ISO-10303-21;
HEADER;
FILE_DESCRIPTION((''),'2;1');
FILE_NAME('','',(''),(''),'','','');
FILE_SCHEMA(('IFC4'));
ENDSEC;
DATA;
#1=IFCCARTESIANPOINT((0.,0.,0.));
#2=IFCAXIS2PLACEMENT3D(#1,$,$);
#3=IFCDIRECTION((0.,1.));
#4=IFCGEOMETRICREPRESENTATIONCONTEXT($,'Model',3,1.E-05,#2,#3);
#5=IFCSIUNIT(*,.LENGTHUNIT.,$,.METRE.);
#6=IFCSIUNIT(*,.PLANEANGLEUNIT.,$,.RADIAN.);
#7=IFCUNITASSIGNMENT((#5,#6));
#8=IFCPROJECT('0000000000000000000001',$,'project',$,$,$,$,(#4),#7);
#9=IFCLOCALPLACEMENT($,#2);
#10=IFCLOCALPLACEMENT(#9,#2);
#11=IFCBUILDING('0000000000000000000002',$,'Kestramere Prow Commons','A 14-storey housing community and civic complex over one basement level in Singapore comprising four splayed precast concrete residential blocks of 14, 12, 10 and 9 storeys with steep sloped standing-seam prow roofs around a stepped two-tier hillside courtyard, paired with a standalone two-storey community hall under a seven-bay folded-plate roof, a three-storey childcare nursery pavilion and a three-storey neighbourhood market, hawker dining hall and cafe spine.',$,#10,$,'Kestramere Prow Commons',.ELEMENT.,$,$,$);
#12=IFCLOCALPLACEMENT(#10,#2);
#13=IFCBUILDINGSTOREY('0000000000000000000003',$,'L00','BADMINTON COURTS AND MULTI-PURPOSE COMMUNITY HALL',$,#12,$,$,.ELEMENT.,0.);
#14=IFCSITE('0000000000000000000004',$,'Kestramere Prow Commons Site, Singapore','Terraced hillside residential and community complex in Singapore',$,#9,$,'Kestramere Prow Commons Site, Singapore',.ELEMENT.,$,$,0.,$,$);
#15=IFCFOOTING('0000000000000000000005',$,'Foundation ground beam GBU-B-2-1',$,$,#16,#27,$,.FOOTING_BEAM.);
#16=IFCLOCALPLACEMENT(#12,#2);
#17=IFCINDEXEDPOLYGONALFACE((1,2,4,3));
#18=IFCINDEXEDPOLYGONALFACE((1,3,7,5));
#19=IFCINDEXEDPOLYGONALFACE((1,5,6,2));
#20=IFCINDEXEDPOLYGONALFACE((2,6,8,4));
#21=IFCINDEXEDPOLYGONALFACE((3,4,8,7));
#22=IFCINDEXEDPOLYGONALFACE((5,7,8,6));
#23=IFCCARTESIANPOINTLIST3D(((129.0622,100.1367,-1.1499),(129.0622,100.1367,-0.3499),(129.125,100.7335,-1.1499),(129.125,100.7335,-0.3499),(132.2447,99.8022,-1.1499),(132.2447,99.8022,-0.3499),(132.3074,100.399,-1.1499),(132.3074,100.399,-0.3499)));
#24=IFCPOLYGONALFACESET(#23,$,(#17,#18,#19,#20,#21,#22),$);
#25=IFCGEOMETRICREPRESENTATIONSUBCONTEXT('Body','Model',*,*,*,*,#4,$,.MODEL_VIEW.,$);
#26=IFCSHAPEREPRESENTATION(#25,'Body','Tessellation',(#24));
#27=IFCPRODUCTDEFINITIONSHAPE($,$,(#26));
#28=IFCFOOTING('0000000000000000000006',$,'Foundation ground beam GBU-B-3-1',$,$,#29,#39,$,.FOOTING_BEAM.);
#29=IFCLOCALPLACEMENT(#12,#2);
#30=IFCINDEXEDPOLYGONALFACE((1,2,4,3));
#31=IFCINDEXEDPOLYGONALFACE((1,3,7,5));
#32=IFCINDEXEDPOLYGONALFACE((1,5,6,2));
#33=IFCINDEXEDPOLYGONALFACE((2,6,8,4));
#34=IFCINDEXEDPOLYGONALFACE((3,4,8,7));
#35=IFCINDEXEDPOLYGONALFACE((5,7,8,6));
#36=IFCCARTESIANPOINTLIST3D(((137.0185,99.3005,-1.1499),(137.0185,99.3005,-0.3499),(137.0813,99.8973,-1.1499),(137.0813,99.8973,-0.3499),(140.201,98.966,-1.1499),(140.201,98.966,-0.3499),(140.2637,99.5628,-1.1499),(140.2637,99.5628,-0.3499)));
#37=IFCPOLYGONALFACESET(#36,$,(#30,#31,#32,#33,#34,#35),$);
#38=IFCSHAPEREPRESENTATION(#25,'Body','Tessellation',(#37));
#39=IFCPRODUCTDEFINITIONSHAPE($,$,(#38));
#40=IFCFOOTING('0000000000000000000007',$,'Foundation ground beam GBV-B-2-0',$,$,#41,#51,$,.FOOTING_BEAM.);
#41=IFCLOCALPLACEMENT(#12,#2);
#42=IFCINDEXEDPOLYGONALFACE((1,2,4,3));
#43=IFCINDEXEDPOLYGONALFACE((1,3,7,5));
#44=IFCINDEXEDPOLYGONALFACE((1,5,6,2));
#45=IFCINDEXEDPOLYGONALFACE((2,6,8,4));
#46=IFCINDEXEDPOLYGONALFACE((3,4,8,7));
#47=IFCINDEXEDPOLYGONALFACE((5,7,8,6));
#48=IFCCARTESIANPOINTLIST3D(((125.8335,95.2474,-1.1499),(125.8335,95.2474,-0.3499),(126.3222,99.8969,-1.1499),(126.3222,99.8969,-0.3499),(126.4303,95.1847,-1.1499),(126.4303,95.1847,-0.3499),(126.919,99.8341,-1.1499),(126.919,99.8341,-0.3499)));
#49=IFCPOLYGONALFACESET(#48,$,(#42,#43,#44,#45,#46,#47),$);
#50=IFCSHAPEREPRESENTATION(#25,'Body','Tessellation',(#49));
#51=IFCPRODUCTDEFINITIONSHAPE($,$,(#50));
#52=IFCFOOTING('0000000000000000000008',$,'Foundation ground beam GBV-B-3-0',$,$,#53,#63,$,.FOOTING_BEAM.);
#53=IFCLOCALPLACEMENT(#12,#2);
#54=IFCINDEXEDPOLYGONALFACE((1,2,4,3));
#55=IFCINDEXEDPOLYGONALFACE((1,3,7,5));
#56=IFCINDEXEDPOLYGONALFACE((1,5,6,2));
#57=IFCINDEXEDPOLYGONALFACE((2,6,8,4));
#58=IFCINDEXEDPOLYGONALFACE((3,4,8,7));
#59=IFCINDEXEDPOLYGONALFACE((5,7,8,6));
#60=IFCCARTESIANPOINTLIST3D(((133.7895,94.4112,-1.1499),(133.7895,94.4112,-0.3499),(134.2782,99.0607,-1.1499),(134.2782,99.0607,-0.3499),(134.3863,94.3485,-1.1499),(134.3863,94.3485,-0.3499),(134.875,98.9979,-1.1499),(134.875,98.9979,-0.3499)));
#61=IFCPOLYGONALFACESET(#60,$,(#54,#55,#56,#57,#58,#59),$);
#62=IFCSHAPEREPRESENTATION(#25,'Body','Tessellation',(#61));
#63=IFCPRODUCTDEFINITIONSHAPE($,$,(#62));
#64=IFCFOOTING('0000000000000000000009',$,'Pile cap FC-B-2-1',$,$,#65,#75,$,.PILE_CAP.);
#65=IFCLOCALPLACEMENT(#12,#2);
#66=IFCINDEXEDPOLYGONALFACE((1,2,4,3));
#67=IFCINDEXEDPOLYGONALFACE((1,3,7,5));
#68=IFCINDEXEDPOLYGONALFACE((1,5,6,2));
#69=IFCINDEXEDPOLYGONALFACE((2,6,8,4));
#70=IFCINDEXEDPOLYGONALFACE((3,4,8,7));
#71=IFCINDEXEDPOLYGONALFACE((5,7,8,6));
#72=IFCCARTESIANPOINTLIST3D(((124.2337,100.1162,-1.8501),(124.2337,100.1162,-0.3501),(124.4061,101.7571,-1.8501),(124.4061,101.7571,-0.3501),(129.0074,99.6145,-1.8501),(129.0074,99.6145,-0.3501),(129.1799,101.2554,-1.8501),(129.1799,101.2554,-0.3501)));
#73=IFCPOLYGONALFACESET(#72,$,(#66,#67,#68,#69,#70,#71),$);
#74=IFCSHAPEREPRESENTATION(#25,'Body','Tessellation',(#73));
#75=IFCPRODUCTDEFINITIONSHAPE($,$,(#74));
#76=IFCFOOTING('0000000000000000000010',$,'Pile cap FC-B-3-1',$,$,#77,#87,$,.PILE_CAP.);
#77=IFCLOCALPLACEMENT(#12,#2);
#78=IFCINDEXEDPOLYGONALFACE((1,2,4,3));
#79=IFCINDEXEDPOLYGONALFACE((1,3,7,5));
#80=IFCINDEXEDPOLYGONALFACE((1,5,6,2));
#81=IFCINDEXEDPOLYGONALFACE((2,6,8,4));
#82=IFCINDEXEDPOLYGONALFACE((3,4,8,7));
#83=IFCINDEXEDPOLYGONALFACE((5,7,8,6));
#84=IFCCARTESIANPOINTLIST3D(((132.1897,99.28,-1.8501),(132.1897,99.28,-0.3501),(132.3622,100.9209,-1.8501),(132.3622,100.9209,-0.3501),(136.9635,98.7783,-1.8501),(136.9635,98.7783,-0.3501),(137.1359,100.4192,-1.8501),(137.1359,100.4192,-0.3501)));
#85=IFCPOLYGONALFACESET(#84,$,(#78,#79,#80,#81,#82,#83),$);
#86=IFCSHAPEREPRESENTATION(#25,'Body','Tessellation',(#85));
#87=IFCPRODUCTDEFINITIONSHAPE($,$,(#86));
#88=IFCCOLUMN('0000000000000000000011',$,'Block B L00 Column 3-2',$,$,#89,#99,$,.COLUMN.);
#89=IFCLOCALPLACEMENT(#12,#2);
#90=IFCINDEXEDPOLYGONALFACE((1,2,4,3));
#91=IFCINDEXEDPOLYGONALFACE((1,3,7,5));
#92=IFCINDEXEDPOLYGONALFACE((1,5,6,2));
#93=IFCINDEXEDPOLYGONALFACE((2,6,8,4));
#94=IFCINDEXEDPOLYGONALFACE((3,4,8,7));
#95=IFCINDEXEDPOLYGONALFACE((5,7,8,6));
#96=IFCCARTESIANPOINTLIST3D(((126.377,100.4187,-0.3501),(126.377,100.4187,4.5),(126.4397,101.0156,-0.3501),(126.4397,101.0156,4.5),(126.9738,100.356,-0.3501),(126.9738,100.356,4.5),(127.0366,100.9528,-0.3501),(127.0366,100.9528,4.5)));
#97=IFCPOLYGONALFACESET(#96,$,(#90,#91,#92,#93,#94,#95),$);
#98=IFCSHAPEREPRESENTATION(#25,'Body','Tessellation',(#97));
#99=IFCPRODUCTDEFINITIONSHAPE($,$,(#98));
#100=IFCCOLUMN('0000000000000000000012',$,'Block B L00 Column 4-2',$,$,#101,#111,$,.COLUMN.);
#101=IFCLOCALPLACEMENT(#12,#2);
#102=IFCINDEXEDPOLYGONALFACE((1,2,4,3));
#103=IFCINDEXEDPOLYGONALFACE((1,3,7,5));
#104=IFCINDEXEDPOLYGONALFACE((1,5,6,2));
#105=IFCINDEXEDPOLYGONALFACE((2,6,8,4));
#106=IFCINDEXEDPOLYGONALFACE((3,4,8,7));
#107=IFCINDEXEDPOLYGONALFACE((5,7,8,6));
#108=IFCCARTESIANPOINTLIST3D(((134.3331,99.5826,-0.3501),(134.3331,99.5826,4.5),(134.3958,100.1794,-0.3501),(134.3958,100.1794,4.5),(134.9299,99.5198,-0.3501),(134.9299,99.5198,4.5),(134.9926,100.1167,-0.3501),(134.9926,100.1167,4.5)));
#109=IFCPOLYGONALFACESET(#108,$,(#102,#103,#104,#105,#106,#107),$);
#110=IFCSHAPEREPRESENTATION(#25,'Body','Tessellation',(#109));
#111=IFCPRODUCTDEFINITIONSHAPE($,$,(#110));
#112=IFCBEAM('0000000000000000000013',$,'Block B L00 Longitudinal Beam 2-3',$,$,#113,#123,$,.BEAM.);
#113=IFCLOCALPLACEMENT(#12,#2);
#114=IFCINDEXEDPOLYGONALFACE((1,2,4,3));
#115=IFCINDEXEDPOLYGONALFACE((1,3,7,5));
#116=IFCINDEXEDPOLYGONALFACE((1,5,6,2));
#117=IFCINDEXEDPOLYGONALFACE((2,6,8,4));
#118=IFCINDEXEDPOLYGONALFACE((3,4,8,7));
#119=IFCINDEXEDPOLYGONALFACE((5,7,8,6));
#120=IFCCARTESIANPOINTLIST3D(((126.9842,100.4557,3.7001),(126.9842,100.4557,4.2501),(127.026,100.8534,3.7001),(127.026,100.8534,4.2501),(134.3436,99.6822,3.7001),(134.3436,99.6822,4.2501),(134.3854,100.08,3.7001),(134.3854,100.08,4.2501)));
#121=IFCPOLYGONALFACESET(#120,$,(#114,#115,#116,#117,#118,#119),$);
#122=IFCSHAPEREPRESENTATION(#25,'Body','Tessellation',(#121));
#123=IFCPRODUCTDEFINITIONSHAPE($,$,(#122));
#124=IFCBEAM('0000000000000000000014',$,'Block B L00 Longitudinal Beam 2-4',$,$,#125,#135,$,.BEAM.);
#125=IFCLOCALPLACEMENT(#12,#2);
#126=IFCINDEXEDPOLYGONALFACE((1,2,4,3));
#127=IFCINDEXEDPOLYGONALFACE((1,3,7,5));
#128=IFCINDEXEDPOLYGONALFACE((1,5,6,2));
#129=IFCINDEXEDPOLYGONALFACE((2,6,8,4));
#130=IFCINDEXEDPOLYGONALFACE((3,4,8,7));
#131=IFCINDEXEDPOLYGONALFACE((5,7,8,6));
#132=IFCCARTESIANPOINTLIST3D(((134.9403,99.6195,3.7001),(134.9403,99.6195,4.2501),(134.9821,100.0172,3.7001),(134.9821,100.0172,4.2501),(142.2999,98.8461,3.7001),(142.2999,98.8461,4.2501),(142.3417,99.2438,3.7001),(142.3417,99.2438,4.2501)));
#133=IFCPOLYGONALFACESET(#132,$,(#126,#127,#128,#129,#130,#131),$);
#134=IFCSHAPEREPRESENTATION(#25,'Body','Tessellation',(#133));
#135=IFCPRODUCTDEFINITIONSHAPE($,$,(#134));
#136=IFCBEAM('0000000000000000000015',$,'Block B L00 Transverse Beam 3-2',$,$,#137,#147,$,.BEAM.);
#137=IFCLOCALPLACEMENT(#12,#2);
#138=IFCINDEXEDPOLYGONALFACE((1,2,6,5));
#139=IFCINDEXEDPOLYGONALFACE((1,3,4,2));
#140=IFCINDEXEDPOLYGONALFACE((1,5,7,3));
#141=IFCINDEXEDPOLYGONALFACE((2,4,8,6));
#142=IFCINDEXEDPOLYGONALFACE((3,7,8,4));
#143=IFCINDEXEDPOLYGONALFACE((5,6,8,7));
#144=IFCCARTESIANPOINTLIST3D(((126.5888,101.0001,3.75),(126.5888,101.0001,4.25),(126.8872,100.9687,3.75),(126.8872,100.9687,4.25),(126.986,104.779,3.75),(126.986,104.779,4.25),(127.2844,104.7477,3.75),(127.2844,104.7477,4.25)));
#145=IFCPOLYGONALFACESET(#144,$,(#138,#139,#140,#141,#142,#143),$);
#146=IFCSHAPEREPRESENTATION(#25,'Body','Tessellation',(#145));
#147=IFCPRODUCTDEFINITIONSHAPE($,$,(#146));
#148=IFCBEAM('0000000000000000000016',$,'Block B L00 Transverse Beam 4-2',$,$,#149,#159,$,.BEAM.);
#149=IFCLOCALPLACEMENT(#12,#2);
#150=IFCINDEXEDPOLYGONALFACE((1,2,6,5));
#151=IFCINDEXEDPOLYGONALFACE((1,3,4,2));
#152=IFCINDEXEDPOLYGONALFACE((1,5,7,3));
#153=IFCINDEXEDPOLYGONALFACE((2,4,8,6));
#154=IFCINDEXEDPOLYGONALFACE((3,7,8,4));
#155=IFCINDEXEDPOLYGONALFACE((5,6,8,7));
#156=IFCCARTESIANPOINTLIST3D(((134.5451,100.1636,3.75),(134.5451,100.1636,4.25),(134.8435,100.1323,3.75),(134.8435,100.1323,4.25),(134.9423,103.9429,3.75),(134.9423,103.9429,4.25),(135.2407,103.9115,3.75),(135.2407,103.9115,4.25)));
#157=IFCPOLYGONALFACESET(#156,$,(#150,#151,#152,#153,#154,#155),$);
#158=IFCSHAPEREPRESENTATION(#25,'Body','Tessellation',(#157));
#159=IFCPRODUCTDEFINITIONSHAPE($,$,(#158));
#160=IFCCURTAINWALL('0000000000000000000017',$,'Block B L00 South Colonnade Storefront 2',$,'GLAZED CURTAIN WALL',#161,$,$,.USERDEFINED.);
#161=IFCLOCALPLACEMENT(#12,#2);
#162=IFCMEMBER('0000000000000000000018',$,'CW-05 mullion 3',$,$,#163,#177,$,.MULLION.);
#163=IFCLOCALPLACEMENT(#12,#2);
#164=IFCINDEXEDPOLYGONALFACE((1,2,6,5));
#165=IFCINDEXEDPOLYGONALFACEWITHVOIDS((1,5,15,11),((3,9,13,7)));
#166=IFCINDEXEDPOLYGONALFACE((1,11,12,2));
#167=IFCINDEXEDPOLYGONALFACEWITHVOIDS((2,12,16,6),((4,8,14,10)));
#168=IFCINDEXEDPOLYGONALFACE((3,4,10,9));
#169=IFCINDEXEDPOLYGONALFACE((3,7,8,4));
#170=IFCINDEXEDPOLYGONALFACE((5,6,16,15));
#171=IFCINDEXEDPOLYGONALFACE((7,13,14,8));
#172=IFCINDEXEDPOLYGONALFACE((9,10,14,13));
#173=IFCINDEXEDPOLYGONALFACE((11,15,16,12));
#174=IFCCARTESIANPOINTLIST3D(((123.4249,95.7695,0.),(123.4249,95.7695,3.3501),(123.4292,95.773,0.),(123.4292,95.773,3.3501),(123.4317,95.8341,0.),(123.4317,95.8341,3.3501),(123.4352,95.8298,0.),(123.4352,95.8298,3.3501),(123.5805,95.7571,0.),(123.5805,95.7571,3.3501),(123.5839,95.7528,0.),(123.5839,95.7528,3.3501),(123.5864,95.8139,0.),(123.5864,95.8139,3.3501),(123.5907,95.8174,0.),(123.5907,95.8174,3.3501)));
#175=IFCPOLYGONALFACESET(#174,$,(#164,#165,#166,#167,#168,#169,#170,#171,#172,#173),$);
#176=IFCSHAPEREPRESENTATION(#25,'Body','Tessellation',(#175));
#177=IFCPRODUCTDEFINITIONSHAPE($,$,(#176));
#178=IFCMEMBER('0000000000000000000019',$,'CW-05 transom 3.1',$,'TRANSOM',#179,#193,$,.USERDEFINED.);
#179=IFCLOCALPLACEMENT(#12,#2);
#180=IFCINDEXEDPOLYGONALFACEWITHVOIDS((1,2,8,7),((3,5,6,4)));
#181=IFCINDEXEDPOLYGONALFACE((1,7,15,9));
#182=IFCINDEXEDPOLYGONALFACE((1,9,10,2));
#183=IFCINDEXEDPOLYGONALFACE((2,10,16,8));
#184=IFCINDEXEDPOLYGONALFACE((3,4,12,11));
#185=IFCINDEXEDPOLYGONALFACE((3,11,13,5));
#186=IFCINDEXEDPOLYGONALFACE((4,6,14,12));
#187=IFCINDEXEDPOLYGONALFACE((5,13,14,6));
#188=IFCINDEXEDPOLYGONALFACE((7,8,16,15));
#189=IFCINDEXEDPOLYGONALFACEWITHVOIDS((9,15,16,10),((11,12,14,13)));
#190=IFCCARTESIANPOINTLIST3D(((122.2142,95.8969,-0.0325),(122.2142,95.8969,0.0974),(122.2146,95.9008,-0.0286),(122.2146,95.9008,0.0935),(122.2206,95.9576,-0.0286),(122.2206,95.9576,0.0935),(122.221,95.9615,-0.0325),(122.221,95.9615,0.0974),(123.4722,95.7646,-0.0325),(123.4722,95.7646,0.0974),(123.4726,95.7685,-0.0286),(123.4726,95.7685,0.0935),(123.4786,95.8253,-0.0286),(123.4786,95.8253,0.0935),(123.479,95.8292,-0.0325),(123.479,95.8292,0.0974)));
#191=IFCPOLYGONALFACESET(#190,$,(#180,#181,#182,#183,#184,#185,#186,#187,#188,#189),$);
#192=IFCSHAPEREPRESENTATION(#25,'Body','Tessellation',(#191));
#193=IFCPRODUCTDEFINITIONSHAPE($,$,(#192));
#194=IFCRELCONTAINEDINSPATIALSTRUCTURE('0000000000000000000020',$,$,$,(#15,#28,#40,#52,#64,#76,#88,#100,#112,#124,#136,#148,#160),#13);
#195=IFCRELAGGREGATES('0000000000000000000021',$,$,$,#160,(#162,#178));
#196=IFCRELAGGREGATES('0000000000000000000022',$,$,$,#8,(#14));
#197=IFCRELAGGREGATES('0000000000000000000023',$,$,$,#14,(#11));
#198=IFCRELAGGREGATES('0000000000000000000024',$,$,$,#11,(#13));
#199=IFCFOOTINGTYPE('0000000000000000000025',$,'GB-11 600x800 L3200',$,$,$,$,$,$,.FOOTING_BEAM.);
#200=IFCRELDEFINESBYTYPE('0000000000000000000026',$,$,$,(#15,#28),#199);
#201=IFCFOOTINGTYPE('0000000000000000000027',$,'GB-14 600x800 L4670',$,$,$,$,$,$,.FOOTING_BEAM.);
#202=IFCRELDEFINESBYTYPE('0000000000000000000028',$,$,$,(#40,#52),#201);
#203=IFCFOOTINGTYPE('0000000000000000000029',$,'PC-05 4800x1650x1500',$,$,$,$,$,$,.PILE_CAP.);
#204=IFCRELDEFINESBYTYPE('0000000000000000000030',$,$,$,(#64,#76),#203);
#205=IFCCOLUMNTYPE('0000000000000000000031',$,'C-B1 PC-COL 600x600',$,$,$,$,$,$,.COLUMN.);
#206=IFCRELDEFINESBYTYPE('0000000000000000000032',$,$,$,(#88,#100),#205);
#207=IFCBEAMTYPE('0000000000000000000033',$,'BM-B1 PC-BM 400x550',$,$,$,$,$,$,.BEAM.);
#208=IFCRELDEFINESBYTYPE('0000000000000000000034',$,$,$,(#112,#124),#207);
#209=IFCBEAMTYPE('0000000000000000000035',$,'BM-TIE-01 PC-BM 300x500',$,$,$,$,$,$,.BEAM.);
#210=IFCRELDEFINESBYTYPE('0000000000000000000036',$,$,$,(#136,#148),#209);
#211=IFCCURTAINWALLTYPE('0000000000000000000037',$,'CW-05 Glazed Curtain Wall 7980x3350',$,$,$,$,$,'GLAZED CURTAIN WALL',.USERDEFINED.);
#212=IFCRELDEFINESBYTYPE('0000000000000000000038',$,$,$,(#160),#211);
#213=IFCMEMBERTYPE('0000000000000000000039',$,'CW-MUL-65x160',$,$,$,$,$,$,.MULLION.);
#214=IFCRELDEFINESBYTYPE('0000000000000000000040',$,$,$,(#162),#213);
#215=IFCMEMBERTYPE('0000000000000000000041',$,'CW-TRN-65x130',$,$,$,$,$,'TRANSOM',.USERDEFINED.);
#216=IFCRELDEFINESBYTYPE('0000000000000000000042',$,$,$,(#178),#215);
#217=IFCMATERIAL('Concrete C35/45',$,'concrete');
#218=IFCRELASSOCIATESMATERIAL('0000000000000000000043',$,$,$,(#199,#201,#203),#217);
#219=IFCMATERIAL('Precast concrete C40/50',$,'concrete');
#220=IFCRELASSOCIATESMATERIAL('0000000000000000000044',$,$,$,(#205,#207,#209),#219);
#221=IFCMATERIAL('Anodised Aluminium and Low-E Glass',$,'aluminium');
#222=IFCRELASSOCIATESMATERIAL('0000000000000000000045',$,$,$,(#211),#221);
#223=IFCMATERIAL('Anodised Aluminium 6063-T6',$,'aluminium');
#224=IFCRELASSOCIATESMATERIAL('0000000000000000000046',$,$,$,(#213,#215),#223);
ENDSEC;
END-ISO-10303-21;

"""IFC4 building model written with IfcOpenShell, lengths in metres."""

from ifc_helpers import new_model, si_unit, direction, frame, origin, origin_2d, place, context, subcontext, project, spatial, rectangle, hollow_rectangle, extrude, material, material_profile, profile_set, type_object, element, aggregate, save


model = new_model("IFC4")

# Units and contexts
model_context = context("Model", 3, precision=1e-05, world=origin(), true_north=direction((0.0, 1.0)))
body_context = subcontext(model_context, "Body", "Model", "MODEL_VIEW")
ifc_project = project(units=[si_unit("LENGTHUNIT", "METRE"), si_unit("PLANEANGLEUNIT", "RADIAN")], contexts=[model_context])

# Site, building, storey
site_placement = place(None, origin())
site = spatial("IfcSite", under=ifc_project, at=site_placement, Name="Kestramere Prow Commons Site, Singapore", Description="Terraced hillside residential and community complex in Singapore", LongName="Kestramere Prow Commons Site, Singapore", CompositionType="ELEMENT", RefElevation=0.0)
building_placement = place(site_placement, origin())
building = spatial("IfcBuilding", under=site, at=building_placement, Name="Kestramere Prow Commons", Description="A 14-storey housing community and civic complex over one basement level in Singapore comprising four splayed precast concrete residential blocks of 14, 12, 10 and 9 storeys with steep sloped standing-seam prow roofs around a stepped two-tier hillside courtyard, paired with a standalone two-storey community hall under a seven-bay folded-plate roof, a three-storey childcare nursery pavilion and a three-storey neighbourhood market, hawker dining hall and cafe spine.", LongName="Kestramere Prow Commons", CompositionType="ELEMENT")
storey_placement = place(building_placement, origin())
storey = spatial("IfcBuildingStorey", under=building, at=storey_placement, Name="L00", Description="BADMINTON COURTS AND MULTI-PURPOSE COMMUNITY HALL", CompositionType="ELEMENT", Elevation=0.0)

# Shared definitions
ifc_material_1 = material(Name="Concrete C35/45", Category="concrete")

# Footings
footing_type_1 = type_object("IfcFootingType", Name="GB-11 600x800 L3200", PredefinedType="FOOTING_BEAM", material=ifc_material_1)
for number, where, z_axis, x_axis, name in (
    (1, (130.6848, 100.2678, -1.1499), (0.0, 0.0, 1.0), (0.994522, -0.104528, 0.0), "Foundation ground beam GBU-B-2-1"),
    (2, (138.6411, 99.4316, -1.1499), (0.0, 0.0, 1.0), (0.994522, -0.104528, 0.0), "Foundation ground beam GBU-B-3-1"),
):
    element("IfcFooting", number, at=place(storey_placement, frame(where, z_axis=z_axis, x_axis=x_axis)), inside=storey, type_object=footing_type_1, Name=name, PredefinedType="FOOTING_BEAM", context=body_context, shape_type="SweptSolid", body=[
        extrude(rectangle(XDim=3.2, YDim=0.6001, at=origin_2d()), origin(), (0.0, 0.0, 1.0), 0.8),
    ])
footing_type_2 = type_object("IfcFootingType", Name="GB-14 600x800 L4670", PredefinedType="FOOTING_BEAM", material=ifc_material_1)
for number, where, z_axis, x_axis, name in (
    (3, (126.3762, 97.5408, -1.1499), (0.0, 0.0, 1.0), (0.104528, 0.994522, 0.0), "Foundation ground beam GBV-B-2-0"),
    (4, (134.3323, 96.7046, -1.1499), (0.0, 0.0, 1.0), (0.104528, 0.994522, 0.0), "Foundation ground beam GBV-B-3-0"),
):
    element("IfcFooting", number, at=place(storey_placement, frame(where, z_axis=z_axis, x_axis=x_axis)), inside=storey, type_object=footing_type_2, Name=name, PredefinedType="FOOTING_BEAM", context=body_context, shape_type="SweptSolid", body=[
        extrude(rectangle(XDim=4.675, YDim=0.6001, at=origin_2d()), origin(), (0.0, 0.0, 1.0), 0.8),
    ])
footing_type_3 = type_object("IfcFootingType", Name="PC-05 4800x1650x1500", PredefinedType="PILE_CAP", material=ifc_material_1)
for number, where, z_axis, x_axis, name in (
    (5, (126.7068, 100.6858, -1.8501), (0.0, 0.0, 1.0), (0.994522, -0.104528, 0.0), "Pile cap FC-B-2-1"),
    (6, (134.6628, 99.8496, -1.8501), (0.0, 0.0, 1.0), (0.994522, -0.104528, 0.0), "Pile cap FC-B-3-1"),
):
    element("IfcFooting", number, at=place(storey_placement, frame(where, z_axis=z_axis, x_axis=x_axis)), inside=storey, type_object=footing_type_3, Name=name, PredefinedType="PILE_CAP", context=body_context, shape_type="SweptSolid", body=[
        extrude(rectangle(XDim=4.8, YDim=1.6499, at=origin_2d()), origin(), (0.0, 0.0, 1.0), 1.5),
    ])

# Columns
ifc_material_2 = material(Name="Precast concrete C40/50", Category="concrete")
ifc_material_profile_1 = material_profile(ifc_material_2, rectangle(XDim=0.6001, YDim=0.6001, at=origin_2d()), Name="PC-COL 600x600")
ifc_profile_set_1 = profile_set([ifc_material_profile_1], Name="Precast concrete C40/50")
column_type = type_object("IfcColumnType", Name="C-B1 PC-COL 600x600", PredefinedType="COLUMN", material=ifc_profile_set_1)
for number, where, z_axis, x_axis, name in (
    (7, (126.7068, 100.6858, -0.3501), (0.0, 0.0, 1.0), (0.994522, -0.104528, 0.0), "Block B L00 Column 3-2"),
    (8, (134.6628, 99.8496, -0.3501), (0.0, 0.0, 1.0), (0.994522, -0.104528, 0.0), "Block B L00 Column 4-2"),
):
    element("IfcColumn", number, at=place(storey_placement, frame(where, z_axis=z_axis, x_axis=x_axis)), inside=storey, type_object=column_type, Name=name, PredefinedType="COLUMN", context=body_context, shape_type="SweptSolid", body=[
        extrude(rectangle(XDim=0.6001, YDim=0.6001, at=origin_2d()), origin(), (0.0, 0.0, 1.0), 4.8501),
    ])

# Beams
ifc_material_profile_2 = material_profile(ifc_material_2, rectangle(XDim=0.3999, YDim=0.55, at=origin_2d()), Name="PC-BM 400x550")
ifc_profile_set_2 = profile_set([ifc_material_profile_2], Name="Precast concrete C40/50")
beam_type_1 = type_object("IfcBeamType", Name="BM-B1 PC-BM 400x550", PredefinedType="BEAM", material=ifc_profile_set_2)
beam_1_placement = place(storey_placement, frame((127.0051, 100.6545, 3.9751), z_axis=(0.994523, -0.10452, 0.0), x_axis=(0.10452, 0.994523, 0.0)))
element("IfcBeam", 9, at=beam_1_placement, inside=storey, type_object=beam_type_1, Name="Block B L00 Longitudinal Beam 2-3", PredefinedType="BEAM", context=body_context, shape_type="SweptSolid", body=[
    extrude(rectangle(XDim=0.3999, YDim=0.55, at=origin_2d()), origin(), (0.0, 0.0, 1.0), 7.3999),
])
beam_2_placement = place(storey_placement, frame((134.9612, 99.8184, 3.9751), z_axis=(0.994523, -0.104516, 0.0), x_axis=(0.104516, 0.994523, 0.0)))
element("IfcBeam", 10, at=beam_2_placement, inside=storey, type_object=beam_type_1, Name="Block B L00 Longitudinal Beam 2-4", PredefinedType="BEAM", context=body_context, shape_type="SweptSolid", body=[
    extrude(rectangle(XDim=0.3999, YDim=0.55, at=origin_2d()), origin(), (0.0, 0.0, 1.0), 7.4001),
])
ifc_material_profile_3 = material_profile(ifc_material_2, rectangle(XDim=0.3, YDim=0.5, at=origin_2d()), Name="PC-BM 300x500")
ifc_profile_set_3 = profile_set([ifc_material_profile_3], Name="Precast concrete C40/50")
beam_type_2 = type_object("IfcBeamType", Name="BM-TIE-01 PC-BM 300x500", PredefinedType="BEAM", material=ifc_profile_set_3)
beam_3_placement = place(storey_placement, frame((126.738, 100.9844, 4.0), z_axis=(0.104534, 0.994521, 0.0), x_axis=(-0.994521, 0.104534, 0.0)))
element("IfcBeam", 11, at=beam_3_placement, inside=storey, type_object=beam_type_2, Name="Block B L00 Transverse Beam 3-2", PredefinedType="BEAM", context=body_context, shape_type="SweptSolid", body=[
    extrude(rectangle(XDim=0.3, YDim=0.5, at=origin_2d()), origin(), (0.0, 0.0, 1.0), 3.7998),
])
beam_4_placement = place(storey_placement, frame((134.6943, 100.1479, 4.0), z_axis=(0.104528, 0.994522, 0.0), x_axis=(-0.994522, 0.104528, 0.0)))
element("IfcBeam", 12, at=beam_4_placement, inside=storey, type_object=beam_type_2, Name="Block B L00 Transverse Beam 4-2", PredefinedType="BEAM", context=body_context, shape_type="SweptSolid", body=[
    extrude(rectangle(XDim=0.3, YDim=0.5, at=origin_2d()), origin(), (0.0, 0.0, 1.0), 3.8),
])

# Curtain wall, members
ifc_material_3 = material(Name="Anodised Aluminium and Low-E Glass", Category="aluminium")
curtain_wall_type = type_object("IfcCurtainWallType", Name="CW-05 Glazed Curtain Wall 7980x3350", ElementType="GLAZED CURTAIN WALL", PredefinedType="USERDEFINED", material=ifc_material_3)
curtain_wall_placement = place(storey_placement, origin())
curtain_wall = element("IfcCurtainWall", 13, at=curtain_wall_placement, inside=storey, type_object=curtain_wall_type, Name="Block B L00 South Colonnade Storefront 2", ObjectType="GLAZED CURTAIN WALL", PredefinedType="USERDEFINED")
ifc_material_4 = material(Name="Anodised Aluminium 6063-T6", Category="aluminium")
ifc_material_profile_4 = material_profile(ifc_material_4, hollow_rectangle(XDim=0.0649, YDim=0.1599, WallThickness=0.0039, at=origin_2d()), Name="ALU-MUL 65x160")
ifc_profile_set_4 = profile_set([ifc_material_profile_4], Name="Anodised Aluminium 6063-T6")
member_type_1 = type_object("IfcMemberType", Name="CW-MUL-65x160", PredefinedType="MULLION", material=ifc_profile_set_4)
member_1_placement = place(storey_placement, frame((123.5078, 95.7935, 0.0), z_axis=(0.0, 0.0, 1.0), x_axis=(-0.104529, -0.994522, 0.0)))
member_1 = element("IfcMember", 14, at=member_1_placement, type_object=member_type_1, Name="CW-05 mullion 3", PredefinedType="MULLION", context=body_context, shape_type="SweptSolid", body=[
    extrude(hollow_rectangle(XDim=0.0649, YDim=0.1599, WallThickness=0.0039, at=origin_2d()), origin(), (0.0, 0.0, 1.0), 3.3501),
])
ifc_material_profile_5 = material_profile(ifc_material_4, hollow_rectangle(XDim=0.0649, YDim=0.1299, WallThickness=0.0039, at=origin_2d()), Name="ALU-TRN 65x130")
ifc_profile_set_5 = profile_set([ifc_material_profile_5], Name="Anodised Aluminium 6063-T6")
member_type_2 = type_object("IfcMemberType", Name="CW-TRN-65x130", ElementType="TRANSOM", PredefinedType="USERDEFINED", material=ifc_profile_set_5)
member_2_placement = place(storey_placement, frame((123.4756, 95.7969, 0.0325), z_axis=(-0.994514, 0.104604, 0.0), x_axis=(-0.104604, -0.994514, 0.0)))
member_2 = element("IfcMember", 15, at=member_2_placement, type_object=member_type_2, Name="CW-05 transom 3.1", ObjectType="TRANSOM", PredefinedType="USERDEFINED", context=body_context, shape_type="SweptSolid", body=[
    extrude(hollow_rectangle(XDim=0.0649, YDim=0.1299, WallThickness=0.0039, at=origin_2d()), origin(), (0.0, 0.0, 1.0), 1.2649),
])
aggregate(curtain_wall, [member_1, member_2])

save(model, "model.ifc")
